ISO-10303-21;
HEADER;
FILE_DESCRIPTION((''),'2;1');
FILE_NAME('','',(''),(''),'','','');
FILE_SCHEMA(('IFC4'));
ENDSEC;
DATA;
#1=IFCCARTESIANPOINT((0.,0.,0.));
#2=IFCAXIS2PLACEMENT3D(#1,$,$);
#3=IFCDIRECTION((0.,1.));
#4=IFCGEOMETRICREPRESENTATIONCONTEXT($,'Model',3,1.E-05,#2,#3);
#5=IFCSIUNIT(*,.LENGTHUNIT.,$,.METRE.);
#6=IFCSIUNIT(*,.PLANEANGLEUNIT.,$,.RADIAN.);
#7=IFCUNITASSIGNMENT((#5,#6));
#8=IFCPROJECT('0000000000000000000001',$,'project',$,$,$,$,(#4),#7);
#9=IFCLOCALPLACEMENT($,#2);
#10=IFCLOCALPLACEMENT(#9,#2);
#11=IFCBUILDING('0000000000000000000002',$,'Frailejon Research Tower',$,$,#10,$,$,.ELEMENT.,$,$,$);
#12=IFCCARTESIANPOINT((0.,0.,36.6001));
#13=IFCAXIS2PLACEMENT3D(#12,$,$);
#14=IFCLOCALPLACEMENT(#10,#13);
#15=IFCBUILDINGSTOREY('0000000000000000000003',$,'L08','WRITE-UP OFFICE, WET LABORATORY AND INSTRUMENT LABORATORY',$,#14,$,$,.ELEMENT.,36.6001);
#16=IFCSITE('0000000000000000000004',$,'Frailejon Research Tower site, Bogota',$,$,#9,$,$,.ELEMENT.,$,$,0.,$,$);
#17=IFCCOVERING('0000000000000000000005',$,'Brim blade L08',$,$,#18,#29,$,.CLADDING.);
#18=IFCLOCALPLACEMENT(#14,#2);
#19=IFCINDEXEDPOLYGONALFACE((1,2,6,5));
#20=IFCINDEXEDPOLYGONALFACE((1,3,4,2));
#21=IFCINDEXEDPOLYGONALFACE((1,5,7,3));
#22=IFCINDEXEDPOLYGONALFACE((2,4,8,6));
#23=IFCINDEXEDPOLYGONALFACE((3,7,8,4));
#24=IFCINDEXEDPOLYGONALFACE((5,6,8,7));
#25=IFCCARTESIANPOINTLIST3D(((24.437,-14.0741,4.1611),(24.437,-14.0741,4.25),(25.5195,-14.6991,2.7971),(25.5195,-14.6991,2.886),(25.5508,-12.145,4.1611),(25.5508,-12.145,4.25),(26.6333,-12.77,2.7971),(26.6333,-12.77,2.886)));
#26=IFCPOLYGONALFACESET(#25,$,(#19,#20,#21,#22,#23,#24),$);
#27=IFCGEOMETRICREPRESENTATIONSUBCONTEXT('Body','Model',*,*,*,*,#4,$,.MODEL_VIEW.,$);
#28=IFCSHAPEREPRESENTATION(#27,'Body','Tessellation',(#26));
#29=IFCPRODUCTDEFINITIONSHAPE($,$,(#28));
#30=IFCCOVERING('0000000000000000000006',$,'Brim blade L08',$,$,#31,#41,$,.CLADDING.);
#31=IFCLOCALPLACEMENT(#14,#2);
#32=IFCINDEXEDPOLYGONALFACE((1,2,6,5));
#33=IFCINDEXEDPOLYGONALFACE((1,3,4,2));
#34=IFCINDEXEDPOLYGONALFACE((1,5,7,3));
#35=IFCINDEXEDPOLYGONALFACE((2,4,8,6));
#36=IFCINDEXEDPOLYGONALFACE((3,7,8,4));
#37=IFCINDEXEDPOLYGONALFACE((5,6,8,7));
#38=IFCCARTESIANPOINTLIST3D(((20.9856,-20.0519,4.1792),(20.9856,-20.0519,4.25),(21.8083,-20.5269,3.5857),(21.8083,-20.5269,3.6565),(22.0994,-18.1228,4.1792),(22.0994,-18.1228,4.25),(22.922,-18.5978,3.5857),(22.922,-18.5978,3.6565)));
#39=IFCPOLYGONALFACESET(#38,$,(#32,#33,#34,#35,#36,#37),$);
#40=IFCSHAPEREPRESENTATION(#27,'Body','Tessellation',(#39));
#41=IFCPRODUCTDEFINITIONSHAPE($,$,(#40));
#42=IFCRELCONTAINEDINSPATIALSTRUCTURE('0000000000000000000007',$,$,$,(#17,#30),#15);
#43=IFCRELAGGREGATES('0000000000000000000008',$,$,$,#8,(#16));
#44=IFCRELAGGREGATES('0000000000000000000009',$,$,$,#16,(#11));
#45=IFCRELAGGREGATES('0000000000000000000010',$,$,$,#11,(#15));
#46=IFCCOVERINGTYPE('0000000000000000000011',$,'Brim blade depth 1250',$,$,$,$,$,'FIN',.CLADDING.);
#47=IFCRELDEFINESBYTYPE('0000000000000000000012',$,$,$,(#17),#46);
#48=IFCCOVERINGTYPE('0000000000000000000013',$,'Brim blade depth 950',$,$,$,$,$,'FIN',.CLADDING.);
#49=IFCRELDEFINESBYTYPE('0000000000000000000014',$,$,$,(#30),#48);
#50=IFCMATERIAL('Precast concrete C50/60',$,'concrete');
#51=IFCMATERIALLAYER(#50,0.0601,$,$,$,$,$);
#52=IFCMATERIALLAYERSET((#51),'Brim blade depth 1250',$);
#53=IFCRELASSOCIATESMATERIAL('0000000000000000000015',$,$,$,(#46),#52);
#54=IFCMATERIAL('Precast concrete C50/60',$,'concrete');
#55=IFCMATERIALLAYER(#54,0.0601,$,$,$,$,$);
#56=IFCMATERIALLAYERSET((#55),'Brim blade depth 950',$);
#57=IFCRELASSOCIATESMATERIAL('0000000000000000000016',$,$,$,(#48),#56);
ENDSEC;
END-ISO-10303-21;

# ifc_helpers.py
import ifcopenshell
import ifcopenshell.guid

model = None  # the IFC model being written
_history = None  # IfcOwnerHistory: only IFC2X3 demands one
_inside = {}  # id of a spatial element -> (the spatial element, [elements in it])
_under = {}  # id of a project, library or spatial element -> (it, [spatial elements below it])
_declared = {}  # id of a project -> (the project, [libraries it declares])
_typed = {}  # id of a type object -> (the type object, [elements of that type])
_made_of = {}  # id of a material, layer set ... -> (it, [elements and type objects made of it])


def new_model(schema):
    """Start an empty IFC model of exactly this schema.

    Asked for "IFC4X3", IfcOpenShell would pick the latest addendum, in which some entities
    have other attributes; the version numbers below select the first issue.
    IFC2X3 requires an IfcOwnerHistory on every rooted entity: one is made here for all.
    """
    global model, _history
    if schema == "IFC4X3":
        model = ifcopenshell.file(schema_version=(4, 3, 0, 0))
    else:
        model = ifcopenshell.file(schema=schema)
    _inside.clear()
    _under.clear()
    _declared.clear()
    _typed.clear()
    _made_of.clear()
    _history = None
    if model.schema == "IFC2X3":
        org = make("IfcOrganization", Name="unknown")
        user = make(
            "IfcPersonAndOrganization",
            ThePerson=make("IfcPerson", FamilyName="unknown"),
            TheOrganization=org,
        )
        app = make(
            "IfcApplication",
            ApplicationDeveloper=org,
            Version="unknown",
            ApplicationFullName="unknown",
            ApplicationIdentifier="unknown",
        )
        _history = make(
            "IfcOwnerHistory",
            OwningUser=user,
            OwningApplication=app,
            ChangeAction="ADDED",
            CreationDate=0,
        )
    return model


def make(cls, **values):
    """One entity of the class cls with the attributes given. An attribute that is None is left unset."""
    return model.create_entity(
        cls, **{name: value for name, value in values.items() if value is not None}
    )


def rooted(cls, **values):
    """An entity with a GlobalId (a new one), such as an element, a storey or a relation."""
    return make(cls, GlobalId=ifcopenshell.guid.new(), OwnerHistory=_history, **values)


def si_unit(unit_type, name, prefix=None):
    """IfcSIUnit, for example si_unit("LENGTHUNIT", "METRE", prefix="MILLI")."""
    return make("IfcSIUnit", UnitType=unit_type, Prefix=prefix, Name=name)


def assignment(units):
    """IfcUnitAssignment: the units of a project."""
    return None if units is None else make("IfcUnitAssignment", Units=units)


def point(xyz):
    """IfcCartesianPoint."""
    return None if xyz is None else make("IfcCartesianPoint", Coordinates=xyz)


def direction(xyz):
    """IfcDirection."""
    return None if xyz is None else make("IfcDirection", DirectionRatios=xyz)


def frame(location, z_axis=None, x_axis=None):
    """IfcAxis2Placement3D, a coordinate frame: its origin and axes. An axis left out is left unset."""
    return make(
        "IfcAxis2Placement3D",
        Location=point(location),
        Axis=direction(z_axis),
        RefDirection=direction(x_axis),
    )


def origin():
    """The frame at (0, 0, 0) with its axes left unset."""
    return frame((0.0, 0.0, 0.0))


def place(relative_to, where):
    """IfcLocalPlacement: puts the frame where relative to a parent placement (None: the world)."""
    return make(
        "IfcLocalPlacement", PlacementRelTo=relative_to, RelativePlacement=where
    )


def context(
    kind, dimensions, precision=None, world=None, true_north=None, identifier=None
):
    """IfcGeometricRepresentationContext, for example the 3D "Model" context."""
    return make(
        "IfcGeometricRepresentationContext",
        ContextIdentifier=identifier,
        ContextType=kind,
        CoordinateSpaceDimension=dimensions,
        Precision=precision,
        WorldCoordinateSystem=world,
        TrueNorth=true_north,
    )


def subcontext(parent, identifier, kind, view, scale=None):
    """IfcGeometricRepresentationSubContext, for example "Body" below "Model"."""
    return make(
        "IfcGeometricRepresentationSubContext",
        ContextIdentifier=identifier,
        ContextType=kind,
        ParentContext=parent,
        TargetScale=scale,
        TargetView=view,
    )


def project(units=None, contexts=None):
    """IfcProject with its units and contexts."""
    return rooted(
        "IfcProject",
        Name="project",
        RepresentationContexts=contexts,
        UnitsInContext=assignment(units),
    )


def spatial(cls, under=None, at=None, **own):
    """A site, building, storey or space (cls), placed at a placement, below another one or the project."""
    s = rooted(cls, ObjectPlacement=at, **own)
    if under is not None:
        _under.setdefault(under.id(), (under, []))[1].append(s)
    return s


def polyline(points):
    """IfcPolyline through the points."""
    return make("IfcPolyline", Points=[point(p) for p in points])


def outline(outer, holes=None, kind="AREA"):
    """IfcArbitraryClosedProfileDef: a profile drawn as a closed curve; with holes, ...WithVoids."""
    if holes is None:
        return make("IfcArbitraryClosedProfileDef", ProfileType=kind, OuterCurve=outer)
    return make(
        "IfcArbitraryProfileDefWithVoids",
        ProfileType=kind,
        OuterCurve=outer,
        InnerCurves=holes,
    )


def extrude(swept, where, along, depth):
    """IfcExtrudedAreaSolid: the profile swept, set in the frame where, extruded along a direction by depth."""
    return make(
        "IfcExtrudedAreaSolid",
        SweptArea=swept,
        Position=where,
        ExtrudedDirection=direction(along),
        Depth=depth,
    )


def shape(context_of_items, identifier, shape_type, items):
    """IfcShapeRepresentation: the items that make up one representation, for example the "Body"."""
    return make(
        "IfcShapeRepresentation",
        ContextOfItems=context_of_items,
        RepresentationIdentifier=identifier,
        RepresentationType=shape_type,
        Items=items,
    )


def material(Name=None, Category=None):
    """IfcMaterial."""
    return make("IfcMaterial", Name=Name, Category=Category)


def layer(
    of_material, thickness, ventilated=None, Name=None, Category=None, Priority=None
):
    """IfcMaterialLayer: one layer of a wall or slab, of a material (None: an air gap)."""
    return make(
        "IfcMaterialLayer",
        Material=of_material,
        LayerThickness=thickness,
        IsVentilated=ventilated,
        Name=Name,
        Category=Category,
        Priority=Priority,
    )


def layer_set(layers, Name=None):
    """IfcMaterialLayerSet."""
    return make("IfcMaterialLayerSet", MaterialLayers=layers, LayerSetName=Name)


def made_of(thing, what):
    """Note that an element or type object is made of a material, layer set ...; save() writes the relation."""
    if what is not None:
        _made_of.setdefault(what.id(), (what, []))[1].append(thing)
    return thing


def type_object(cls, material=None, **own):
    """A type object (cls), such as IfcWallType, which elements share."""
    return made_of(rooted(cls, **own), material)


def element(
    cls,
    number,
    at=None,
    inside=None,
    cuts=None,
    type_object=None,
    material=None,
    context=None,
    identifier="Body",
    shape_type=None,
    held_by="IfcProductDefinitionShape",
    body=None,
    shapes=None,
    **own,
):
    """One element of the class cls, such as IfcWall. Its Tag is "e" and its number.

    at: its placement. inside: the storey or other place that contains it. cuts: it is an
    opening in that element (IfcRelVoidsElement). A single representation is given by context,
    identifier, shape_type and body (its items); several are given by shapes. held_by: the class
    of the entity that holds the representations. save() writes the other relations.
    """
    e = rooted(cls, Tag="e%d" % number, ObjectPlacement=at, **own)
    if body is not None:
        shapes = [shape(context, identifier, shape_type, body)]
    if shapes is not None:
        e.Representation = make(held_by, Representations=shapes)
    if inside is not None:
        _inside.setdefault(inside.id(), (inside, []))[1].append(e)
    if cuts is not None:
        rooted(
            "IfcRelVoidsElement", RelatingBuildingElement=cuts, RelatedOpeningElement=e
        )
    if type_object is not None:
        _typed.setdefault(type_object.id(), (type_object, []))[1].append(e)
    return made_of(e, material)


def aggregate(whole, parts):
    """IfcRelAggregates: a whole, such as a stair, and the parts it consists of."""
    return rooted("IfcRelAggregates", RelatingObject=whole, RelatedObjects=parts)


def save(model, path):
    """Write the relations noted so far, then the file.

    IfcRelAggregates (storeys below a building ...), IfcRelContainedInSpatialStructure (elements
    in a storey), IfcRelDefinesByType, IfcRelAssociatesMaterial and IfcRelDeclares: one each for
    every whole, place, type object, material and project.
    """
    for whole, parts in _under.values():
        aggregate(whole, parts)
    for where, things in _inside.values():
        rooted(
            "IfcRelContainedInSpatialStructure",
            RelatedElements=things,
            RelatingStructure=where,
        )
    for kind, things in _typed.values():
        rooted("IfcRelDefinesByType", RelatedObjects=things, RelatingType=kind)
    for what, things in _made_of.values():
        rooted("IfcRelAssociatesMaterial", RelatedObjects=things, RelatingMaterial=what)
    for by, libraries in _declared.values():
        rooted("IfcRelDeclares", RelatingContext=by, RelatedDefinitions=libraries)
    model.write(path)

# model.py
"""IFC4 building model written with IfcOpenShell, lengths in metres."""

from ifc_helpers import new_model, si_unit, direction, frame, origin, place, context, subcontext, project, spatial, polyline, outline, extrude, material, layer, layer_set, type_object, element, save


model = new_model("IFC4")

# Units and contexts
model_context = context("Model", 3, precision=1e-05, world=origin(), true_north=direction((0.0, 1.0)))
body_context = subcontext(model_context, "Body", "Model", "MODEL_VIEW")
ifc_project = project(units=[si_unit("LENGTHUNIT", "METRE"), si_unit("PLANEANGLEUNIT", "RADIAN")], contexts=[model_context])

# Site, building, storey
site_placement = place(None, origin())
site = spatial("IfcSite", under=ifc_project, at=site_placement, Name="Frailejon Research Tower site, Bogota", CompositionType="ELEMENT", RefElevation=0.0)
building_placement = place(site_placement, origin())
building = spatial("IfcBuilding", under=site, at=building_placement, Name="Frailejon Research Tower", CompositionType="ELEMENT")
storey_placement = place(building_placement, frame((0.0, 0.0, 36.6001)))
storey = spatial("IfcBuildingStorey", under=building, at=storey_placement, Name="L08", Description="WRITE-UP OFFICE, WET LABORATORY AND INSTRUMENT LABORATORY", CompositionType="ELEMENT", Elevation=36.6001)

# Coverings
ifc_material_1 = material(Name="Precast concrete C50/60", Category="concrete")
ifc_layer_1 = layer(ifc_material_1, 0.0601)
ifc_layer_set_1 = layer_set([ifc_layer_1], Name="Brim blade depth 1250")
covering_type_1 = type_object("IfcCoveringType", Name="Brim blade depth 1250", ElementType="FIN", PredefinedType="CLADDING", material=ifc_layer_set_1)
covering_1_placement = place(storey_placement, frame((25.5508, -12.145, 4.25), z_axis=(-0.500008, -0.866021, 0.0), x_axis=(0.866021, -0.500008, 0.0)))
element("IfcCovering", 1, at=covering_1_placement, inside=storey, type_object=covering_type_1, Name="Brim blade L08", PredefinedType="CLADDING", context=body_context, shape_type="SweptSolid", body=[
    extrude(outline(polyline([(0.0, -0.0889), (1.25, -1.4529), (1.25, -1.364), (0.0, 0.0), (0.0, -0.0889)])), origin(), (0.0, 0.0, 1.0), 2.2275),
])
ifc_material_2 = material(Name="Precast concrete C50/60", Category="concrete")
ifc_layer_2 = layer(ifc_material_2, 0.0601)
ifc_layer_set_2 = layer_set([ifc_layer_2], Name="Brim blade depth 950")
covering_type_2 = type_object("IfcCoveringType", Name="Brim blade depth 950", ElementType="FIN", PredefinedType="CLADDING", material=ifc_layer_set_2)
covering_2_placement = place(storey_placement, frame((22.0994, -18.1228, 4.25), z_axis=(-0.499998, -0.866026, 0.0), x_axis=(0.866026, -0.499998, 0.0)))
element("IfcCovering", 2, at=covering_2_placement, inside=storey, type_object=covering_type_2, Name="Brim blade L08", PredefinedType="CLADDING", context=body_context, shape_type="SweptSolid", body=[
    extrude(outline(polyline([(0.0, -0.0708), (0.95, -0.6643), (0.95, -0.5935), (0.0, 0.0), (0.0, -0.0708)])), origin(), (0.0, 0.0, 1.0), 2.2275),
])

save(model, "model.ifc")
